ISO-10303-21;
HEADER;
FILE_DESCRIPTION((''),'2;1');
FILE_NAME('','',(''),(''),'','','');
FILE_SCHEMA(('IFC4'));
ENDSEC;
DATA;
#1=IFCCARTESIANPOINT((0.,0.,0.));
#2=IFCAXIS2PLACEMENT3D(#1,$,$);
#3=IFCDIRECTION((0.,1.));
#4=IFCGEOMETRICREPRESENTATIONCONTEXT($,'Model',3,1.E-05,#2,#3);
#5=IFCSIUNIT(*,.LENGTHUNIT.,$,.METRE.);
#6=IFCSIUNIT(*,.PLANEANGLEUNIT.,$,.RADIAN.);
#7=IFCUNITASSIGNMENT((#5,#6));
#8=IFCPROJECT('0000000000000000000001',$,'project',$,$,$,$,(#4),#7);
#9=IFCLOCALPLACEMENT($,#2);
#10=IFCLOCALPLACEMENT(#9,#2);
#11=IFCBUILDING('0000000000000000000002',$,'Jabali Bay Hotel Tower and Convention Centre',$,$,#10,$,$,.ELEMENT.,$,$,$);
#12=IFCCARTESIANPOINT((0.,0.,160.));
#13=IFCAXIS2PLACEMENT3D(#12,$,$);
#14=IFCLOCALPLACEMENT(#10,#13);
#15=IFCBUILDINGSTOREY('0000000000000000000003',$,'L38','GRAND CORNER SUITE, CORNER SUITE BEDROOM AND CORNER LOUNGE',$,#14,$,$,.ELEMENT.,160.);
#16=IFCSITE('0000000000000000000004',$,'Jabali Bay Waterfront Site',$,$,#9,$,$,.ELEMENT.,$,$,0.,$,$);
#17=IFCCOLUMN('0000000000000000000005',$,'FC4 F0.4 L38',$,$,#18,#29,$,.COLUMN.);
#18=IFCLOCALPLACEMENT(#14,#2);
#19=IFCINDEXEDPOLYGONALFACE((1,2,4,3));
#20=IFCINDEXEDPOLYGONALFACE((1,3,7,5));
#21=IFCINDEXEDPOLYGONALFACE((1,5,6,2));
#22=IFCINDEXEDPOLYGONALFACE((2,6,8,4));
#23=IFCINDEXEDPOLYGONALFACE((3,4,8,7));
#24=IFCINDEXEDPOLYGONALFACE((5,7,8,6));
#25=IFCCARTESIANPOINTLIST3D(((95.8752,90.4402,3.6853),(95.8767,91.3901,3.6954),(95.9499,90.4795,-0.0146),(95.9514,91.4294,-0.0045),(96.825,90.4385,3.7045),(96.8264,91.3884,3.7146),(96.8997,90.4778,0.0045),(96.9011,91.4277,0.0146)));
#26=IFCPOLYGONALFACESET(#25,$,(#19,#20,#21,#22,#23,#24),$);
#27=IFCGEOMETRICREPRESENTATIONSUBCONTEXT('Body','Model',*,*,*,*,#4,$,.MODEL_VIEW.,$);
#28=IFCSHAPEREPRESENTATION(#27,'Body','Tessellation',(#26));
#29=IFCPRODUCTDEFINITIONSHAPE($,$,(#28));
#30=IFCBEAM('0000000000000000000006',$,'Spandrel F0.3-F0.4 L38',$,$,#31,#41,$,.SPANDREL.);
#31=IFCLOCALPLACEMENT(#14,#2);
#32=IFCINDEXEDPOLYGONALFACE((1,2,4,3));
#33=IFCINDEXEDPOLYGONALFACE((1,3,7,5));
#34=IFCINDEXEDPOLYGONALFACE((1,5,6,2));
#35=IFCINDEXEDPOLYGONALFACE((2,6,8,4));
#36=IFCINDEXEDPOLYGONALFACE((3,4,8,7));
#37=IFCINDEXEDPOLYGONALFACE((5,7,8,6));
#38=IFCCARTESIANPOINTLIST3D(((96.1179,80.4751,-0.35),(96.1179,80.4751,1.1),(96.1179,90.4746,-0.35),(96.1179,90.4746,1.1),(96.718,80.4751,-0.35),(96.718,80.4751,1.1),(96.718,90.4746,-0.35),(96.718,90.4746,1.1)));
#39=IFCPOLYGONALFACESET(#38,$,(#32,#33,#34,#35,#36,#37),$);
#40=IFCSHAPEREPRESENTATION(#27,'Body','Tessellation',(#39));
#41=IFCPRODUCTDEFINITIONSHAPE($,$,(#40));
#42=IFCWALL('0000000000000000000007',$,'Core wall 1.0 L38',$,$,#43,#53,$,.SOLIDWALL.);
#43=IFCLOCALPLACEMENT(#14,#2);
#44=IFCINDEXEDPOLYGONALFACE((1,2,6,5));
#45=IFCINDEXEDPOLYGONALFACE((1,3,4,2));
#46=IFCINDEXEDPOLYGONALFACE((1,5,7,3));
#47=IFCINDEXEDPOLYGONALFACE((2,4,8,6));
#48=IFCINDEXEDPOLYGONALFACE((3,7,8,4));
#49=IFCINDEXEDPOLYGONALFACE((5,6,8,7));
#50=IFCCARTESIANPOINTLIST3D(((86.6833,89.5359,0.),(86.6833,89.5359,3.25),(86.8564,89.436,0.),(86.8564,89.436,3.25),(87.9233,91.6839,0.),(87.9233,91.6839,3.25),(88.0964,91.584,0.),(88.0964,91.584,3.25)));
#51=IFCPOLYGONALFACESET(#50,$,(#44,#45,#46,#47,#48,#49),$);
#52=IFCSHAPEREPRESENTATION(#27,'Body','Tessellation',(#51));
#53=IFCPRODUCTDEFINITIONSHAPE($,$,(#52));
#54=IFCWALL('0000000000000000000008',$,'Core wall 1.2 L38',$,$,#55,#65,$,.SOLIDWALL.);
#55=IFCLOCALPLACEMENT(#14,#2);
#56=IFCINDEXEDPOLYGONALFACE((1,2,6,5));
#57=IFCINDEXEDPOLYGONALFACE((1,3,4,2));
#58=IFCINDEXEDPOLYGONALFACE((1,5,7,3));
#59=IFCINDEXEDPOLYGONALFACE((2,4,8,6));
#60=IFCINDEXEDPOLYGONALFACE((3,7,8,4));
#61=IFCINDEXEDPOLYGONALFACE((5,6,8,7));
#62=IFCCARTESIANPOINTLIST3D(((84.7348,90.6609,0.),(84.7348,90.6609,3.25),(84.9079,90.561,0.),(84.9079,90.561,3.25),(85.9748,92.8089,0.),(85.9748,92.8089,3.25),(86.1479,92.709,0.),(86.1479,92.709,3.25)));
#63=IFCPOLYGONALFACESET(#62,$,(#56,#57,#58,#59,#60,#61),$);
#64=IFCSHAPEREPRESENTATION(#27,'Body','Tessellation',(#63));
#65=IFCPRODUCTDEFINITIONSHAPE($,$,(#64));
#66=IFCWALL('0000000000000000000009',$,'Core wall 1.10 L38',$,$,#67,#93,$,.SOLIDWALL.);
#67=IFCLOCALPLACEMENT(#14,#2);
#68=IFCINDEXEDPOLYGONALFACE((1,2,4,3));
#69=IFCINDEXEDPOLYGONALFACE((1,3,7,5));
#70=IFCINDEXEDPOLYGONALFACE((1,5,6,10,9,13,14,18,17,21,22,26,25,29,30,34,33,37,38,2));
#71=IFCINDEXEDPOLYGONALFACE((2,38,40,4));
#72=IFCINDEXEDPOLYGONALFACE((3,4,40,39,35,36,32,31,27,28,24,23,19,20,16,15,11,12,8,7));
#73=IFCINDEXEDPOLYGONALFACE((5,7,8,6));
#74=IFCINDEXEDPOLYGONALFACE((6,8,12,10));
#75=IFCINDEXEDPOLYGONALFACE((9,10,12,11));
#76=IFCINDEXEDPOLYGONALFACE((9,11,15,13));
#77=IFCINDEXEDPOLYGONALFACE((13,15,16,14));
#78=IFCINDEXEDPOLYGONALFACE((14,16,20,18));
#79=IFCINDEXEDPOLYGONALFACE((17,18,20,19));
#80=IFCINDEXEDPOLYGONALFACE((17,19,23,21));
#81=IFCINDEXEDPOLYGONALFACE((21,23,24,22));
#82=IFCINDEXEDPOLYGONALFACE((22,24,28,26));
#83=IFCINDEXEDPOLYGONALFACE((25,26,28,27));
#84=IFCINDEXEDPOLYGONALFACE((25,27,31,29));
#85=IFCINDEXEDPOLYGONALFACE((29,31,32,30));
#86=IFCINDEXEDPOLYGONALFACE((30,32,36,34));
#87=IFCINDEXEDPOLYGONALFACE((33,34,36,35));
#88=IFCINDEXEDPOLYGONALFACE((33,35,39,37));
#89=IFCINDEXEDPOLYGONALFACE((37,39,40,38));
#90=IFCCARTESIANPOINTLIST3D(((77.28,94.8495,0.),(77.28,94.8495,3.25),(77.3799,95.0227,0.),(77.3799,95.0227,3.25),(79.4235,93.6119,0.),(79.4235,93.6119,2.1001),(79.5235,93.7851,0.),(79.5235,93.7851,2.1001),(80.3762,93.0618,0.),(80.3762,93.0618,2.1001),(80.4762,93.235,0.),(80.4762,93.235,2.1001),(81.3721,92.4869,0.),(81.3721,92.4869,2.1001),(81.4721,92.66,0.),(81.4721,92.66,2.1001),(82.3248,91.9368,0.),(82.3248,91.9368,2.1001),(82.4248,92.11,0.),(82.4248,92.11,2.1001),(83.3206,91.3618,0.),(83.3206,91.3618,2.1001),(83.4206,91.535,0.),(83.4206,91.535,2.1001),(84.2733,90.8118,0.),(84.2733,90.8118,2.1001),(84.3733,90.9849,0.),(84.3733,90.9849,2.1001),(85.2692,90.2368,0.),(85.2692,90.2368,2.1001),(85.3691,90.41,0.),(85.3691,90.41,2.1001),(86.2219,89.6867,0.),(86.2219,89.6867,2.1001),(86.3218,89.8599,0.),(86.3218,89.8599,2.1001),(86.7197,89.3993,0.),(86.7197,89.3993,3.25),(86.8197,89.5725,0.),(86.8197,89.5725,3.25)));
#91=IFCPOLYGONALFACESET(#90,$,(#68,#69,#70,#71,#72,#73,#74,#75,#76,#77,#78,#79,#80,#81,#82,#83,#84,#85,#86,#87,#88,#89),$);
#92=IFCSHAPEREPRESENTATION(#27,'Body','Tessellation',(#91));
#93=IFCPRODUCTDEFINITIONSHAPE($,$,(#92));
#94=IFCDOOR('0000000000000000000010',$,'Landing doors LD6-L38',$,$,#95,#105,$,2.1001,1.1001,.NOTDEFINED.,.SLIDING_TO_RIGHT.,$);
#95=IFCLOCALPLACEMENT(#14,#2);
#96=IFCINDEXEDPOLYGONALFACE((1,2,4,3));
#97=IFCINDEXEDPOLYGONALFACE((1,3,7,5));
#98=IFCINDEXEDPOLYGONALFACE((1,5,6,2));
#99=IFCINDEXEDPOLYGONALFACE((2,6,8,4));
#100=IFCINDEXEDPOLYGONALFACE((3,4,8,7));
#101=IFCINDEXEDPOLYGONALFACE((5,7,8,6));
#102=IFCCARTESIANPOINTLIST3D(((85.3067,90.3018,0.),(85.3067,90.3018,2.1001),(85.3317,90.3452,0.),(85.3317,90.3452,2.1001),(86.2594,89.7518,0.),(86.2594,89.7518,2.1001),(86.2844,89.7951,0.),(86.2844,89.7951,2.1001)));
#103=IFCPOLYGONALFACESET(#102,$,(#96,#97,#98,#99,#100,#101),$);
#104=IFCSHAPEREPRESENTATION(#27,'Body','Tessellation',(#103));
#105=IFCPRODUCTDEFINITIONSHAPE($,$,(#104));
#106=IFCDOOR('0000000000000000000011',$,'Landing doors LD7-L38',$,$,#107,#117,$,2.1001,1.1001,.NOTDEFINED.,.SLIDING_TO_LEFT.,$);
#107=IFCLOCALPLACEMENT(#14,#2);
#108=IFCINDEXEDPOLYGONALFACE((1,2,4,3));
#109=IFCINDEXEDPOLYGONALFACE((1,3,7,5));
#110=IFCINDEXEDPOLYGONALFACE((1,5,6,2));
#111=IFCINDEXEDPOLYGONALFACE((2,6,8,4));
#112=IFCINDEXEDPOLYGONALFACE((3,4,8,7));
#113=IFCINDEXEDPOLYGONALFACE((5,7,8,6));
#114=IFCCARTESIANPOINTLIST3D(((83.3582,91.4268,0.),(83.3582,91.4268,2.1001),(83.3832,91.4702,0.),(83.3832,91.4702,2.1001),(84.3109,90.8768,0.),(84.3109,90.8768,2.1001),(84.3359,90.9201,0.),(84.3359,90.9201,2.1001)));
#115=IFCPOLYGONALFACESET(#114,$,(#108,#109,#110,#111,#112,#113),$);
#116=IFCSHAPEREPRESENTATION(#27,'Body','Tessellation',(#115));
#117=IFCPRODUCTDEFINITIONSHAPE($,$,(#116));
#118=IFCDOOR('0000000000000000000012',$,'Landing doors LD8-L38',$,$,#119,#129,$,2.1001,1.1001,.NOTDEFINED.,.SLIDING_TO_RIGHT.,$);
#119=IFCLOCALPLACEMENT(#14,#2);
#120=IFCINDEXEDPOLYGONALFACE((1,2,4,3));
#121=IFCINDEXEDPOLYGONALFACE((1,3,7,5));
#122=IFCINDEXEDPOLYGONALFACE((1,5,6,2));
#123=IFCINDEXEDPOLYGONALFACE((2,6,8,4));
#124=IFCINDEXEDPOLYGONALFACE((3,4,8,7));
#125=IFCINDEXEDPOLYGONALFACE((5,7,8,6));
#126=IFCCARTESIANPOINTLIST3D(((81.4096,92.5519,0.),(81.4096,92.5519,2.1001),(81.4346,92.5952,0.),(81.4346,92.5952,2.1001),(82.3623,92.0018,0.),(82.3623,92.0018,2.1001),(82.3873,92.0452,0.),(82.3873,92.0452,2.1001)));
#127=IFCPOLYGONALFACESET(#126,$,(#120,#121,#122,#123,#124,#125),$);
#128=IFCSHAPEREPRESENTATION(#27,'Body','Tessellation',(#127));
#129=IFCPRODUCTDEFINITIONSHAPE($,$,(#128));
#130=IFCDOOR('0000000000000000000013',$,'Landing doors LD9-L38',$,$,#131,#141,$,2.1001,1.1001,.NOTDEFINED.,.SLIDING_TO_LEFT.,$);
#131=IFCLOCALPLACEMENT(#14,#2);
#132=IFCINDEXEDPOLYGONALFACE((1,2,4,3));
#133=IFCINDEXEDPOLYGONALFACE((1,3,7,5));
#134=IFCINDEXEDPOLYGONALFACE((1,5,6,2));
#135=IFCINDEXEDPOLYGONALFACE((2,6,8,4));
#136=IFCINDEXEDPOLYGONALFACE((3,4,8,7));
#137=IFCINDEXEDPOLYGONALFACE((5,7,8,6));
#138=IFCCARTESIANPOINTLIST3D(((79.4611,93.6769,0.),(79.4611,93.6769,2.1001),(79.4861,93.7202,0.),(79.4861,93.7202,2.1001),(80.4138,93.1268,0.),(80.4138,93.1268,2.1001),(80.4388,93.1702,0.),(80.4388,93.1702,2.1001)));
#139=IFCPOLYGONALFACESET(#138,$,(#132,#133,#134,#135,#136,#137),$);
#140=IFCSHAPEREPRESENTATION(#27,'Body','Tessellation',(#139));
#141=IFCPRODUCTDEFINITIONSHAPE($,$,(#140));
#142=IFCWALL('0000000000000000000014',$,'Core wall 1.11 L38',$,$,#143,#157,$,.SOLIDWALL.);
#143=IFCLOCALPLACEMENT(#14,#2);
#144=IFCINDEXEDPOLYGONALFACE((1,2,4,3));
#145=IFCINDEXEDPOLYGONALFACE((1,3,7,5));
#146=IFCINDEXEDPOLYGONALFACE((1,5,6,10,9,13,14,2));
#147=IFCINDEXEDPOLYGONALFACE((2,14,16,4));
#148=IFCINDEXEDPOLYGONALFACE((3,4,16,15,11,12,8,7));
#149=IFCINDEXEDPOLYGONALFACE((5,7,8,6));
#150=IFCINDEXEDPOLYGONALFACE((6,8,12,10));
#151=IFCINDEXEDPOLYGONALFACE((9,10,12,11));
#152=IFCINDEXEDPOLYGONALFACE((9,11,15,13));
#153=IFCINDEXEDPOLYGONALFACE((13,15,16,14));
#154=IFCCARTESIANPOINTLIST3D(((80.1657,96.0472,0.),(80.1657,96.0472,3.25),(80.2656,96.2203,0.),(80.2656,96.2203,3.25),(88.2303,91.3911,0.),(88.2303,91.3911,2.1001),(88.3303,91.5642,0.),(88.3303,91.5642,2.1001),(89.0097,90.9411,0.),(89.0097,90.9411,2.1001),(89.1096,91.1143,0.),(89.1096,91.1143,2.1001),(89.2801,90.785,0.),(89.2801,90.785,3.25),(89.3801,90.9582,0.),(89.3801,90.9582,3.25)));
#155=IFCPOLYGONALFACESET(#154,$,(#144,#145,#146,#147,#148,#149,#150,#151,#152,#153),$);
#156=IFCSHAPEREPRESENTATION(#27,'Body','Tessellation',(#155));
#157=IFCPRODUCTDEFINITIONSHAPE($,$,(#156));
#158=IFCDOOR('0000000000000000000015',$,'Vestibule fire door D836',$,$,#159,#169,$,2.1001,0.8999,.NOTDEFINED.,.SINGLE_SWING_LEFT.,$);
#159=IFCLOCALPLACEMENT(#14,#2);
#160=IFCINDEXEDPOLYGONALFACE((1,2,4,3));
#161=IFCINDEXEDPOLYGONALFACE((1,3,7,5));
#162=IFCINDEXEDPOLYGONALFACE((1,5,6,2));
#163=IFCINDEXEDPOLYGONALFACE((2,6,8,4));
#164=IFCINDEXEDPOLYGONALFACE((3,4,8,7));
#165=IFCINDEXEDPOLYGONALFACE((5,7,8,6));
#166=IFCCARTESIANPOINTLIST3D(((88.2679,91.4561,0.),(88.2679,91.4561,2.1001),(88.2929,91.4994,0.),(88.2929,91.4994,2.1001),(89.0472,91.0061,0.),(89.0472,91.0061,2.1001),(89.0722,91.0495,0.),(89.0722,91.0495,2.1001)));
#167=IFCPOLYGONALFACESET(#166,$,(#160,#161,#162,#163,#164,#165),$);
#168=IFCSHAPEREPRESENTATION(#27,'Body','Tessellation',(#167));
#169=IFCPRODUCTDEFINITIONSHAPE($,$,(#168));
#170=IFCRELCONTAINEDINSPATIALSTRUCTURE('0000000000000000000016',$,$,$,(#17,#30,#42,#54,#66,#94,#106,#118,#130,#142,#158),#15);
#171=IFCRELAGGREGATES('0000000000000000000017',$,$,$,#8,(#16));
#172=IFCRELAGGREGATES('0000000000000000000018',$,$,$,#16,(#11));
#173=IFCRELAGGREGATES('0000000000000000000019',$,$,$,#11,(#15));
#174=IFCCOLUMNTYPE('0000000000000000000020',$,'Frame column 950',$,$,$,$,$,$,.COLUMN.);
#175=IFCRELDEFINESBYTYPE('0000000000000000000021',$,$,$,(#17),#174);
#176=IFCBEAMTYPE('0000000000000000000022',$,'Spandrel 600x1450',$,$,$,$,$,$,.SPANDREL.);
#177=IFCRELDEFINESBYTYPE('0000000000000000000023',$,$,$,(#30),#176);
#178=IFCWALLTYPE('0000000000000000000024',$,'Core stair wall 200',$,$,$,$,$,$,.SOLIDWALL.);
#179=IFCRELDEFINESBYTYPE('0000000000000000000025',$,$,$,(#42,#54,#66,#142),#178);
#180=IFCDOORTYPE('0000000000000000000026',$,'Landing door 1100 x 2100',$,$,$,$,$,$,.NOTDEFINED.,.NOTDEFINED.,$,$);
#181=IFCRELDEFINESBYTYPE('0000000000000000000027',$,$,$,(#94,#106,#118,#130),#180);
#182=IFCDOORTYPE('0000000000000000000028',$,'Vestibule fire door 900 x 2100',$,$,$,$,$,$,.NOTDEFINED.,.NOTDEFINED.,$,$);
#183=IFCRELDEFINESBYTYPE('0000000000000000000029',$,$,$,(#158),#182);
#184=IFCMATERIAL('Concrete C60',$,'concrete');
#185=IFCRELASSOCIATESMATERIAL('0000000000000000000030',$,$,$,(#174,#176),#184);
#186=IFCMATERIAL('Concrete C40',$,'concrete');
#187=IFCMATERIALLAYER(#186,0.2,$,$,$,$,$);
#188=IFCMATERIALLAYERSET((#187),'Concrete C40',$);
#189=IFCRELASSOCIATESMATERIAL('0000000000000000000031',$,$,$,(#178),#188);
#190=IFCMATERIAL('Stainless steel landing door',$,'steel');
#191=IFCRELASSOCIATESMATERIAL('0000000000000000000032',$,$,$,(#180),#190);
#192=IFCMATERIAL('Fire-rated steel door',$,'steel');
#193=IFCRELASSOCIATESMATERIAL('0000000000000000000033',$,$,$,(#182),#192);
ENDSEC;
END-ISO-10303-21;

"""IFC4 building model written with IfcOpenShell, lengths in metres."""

from ifc_helpers import new_model, si_unit, direction, frame, frame_2d, origin, origin_2d, place, context, subcontext, project, spatial, rectangle, extrude, material, layer, layer_set, material_profile, profile_set, type_object, element, fill, save


model = new_model("IFC4")

# Units and contexts
model_context = context("Model", 3, precision=1e-05, world=origin(), true_north=direction((0.0, 1.0)))
body_context = subcontext(model_context, "Body", "Model", "MODEL_VIEW")
ifc_project = project(units=[si_unit("LENGTHUNIT", "METRE"), si_unit("PLANEANGLEUNIT", "RADIAN")], contexts=[model_context])

# Site, building, storey
site_placement = place(None, origin())
site = spatial("IfcSite", under=ifc_project, at=site_placement, Name="Jabali Bay Waterfront Site", CompositionType="ELEMENT", RefElevation=0.0)
building_placement = place(site_placement, origin())
building = spatial("IfcBuilding", under=site, at=building_placement, Name="Jabali Bay Hotel Tower and Convention Centre", CompositionType="ELEMENT")
storey_placement = place(building_placement, frame((0.0, 0.0, 160.0)))
storey = spatial("IfcBuildingStorey", under=building, at=storey_placement, Name="L38", Description="GRAND CORNER SUITE, CORNER SUITE BEDROOM AND CORNER LOUNGE", CompositionType="ELEMENT", Elevation=160.0)

# Column
ifc_material_1 = material(Name="Concrete C60", Category="concrete")
ifc_material_profile_1 = material_profile(ifc_material_1, rectangle(XDim=0.95, YDim=0.95, at=origin_2d()), Name="Frame column 950")
ifc_profile_set_1 = profile_set([ifc_material_profile_1], Name="Concrete C60")
column_type = type_object("IfcColumnType", Name="Frame column 950", PredefinedType="COLUMN", material=ifc_profile_set_1)
column_placement = place(storey_placement, frame((96.4255, 90.9536, 0.0), z_axis=(-0.020186, -0.010621, 0.99974), x_axis=(0.999795, -0.001747, 0.020169)))
element("IfcColumn", 1, at=column_placement, inside=storey, type_object=column_type, Name="FC4 F0.4 L38", PredefinedType="COLUMN", context=body_context, shape_type="SweptSolid", body=[
    extrude(rectangle(XDim=0.95, YDim=0.95, at=origin_2d()), origin(), (0.0, 0.0, 1.0), 3.7009),
])

# Beam
ifc_material_profile_2 = material_profile(ifc_material_1, rectangle(XDim=0.6001, YDim=1.45, at=origin_2d()), Name="Spandrel 600x1450")
ifc_profile_set_2 = profile_set([ifc_material_profile_2], Name="Concrete C60")
beam_type = type_object("IfcBeamType", Name="Spandrel 600x1450", PredefinedType="SPANDREL", material=ifc_profile_set_2)
beam_placement = place(storey_placement, frame((96.418, 80.4751, 0.375), z_axis=(0.0, 1.0, 0.0), x_axis=(-1.0, 0.0, 0.0)))
element("IfcBeam", 2, at=beam_placement, inside=storey, type_object=beam_type, Name="Spandrel F0.3-F0.4 L38", PredefinedType="SPANDREL", context=body_context, shape_type="SweptSolid", body=[
    extrude(rectangle(XDim=0.6001, YDim=1.45, at=origin_2d()), origin(), (0.0, 0.0, 1.0), 9.9995),
])

# Walls
ifc_material_2 = material(Name="Concrete C40", Category="concrete")
ifc_layer_1 = layer(ifc_material_2, 0.2)
ifc_layer_set_1 = layer_set([ifc_layer_1], Name="Concrete C40")
wall_type_1 = type_object("IfcWallType", Name="Core stair wall 200", PredefinedType="SOLIDWALL", material=ifc_layer_set_1)
for number, where, z_axis, x_axis, name in (
    (3, (86.7698, 89.4858, 0.0), (0.0, 0.0, 1.0), (0.499961, 0.866048, 0.0), "Core wall 1.0 L38"),
    (4, (84.8213, 90.6108, 0.0), (0.0, 0.0, 1.0), (0.499961, 0.866048, 0.0), "Core wall 1.2 L38"),
):
    element("IfcWall", number, at=place(storey_placement, frame(where, z_axis=z_axis, x_axis=x_axis)), inside=storey, type_object=wall_type_1, Name=name, PredefinedType="SOLIDWALL", context=body_context, shape_type="SweptSolid", body=[
        extrude(rectangle(XDim=2.4802, YDim=0.2, at=frame_2d((1.2402, 0.0))), origin(), (0.0, 0.0, 1.0), 3.25),
    ])

# Wall, openings, doors
wall_1_placement = place(storey_placement, frame((86.7698, 89.4858, 0.0), z_axis=(0.0, 0.0, 1.0), x_axis=(-0.866018, 0.500013, 0.0)))
wall_1 = element("IfcWall", 5, at=wall_1_placement, inside=storey, type_object=wall_type_1, Name="Core wall 1.10 L38", PredefinedType="SOLIDWALL", context=body_context, shape_type="SweptSolid", body=[
    extrude(rectangle(XDim=10.9001, YDim=0.2, at=frame_2d((5.4502, 0.0))), origin(), (0.0, 0.0, 1.0), 3.25),
])
opening_1_placement = place(wall_1_placement, frame((0.575, 0.0, 0.0)))
opening_1 = element("IfcOpeningElement", 6, at=opening_1_placement, cuts=wall_1, PredefinedType="OPENING", context=body_context, shape_type="SweptSolid", body=[
    extrude(rectangle(XDim=1.1001, YDim=2.1001, at=frame_2d((0.55, 1.05))), frame((0.0, 0.1104, 0.0), z_axis=(0.0, -1.0, 0.0), x_axis=(1.0, 0.0, 0.0)), (0.0, 0.0, 1.0), 0.2209),
])
opening_2_placement = place(wall_1_placement, frame((2.825, 0.0, 0.0)))
opening_2 = element("IfcOpeningElement", 7, at=opening_2_placement, cuts=wall_1, PredefinedType="OPENING", context=body_context, shape_type="SweptSolid", body=[
    extrude(rectangle(XDim=1.1001, YDim=2.1001, at=frame_2d((0.55, 1.05))), frame((0.0, 0.1104, 0.0), z_axis=(0.0, -1.0, 0.0), x_axis=(1.0, 0.0, 0.0)), (0.0, 0.0, 1.0), 0.2209),
])
opening_3_placement = place(wall_1_placement, frame((5.075, 0.0, 0.0)))
opening_3 = element("IfcOpeningElement", 8, at=opening_3_placement, cuts=wall_1, PredefinedType="OPENING", context=body_context, shape_type="SweptSolid", body=[
    extrude(rectangle(XDim=1.1001, YDim=2.1001, at=frame_2d((0.55, 1.05))), frame((0.0, 0.1104, 0.0), z_axis=(0.0, -1.0, 0.0), x_axis=(1.0, 0.0, 0.0)), (0.0, 0.0, 1.0), 0.2209),
])
opening_4_placement = place(wall_1_placement, frame((7.325, 0.0, 0.0)))
opening_4 = element("IfcOpeningElement", 9, at=opening_4_placement, cuts=wall_1, PredefinedType="OPENING", context=body_context, shape_type="SweptSolid", body=[
    extrude(rectangle(XDim=1.1001, YDim=2.1001, at=frame_2d((0.55, 1.05))), frame((0.0, 0.1104, 0.0), z_axis=(0.0, -1.0, 0.0), x_axis=(1.0, 0.0, 0.0)), (0.0, 0.0, 1.0), 0.2209),
])
ifc_material_3 = material(Name="Stainless steel landing door", Category="steel")
door_type_1 = type_object("IfcDoorType", Name="Landing door 1100 x 2100", OperationType="NOTDEFINED", PredefinedType="NOTDEFINED", material=ifc_material_3)
door_1_placement = place(opening_1_placement, origin())
door_1 = element("IfcDoor", 10, at=door_1_placement, inside=storey, type_object=door_type_1, Name="Landing doors LD6-L38", OperationType="SLIDING_TO_RIGHT", OverallHeight=2.1001, OverallWidth=1.1001, PredefinedType="NOTDEFINED", context=body_context, shape_type="SweptSolid", body=[
    extrude(rectangle(XDim=1.1001, YDim=2.1001, at=frame_2d((0.55, 1.05))), frame((0.0, 0.0249, 0.0), z_axis=(0.0, -1.0, 0.0), x_axis=(1.0, 0.0, 0.0)), (0.0, 0.0, 1.0), 0.05),
])
fill(opening_1, door_1)
door_2_placement = place(opening_2_placement, origin())
door_2 = element("IfcDoor", 11, at=door_2_placement, inside=storey, type_object=door_type_1, Name="Landing doors LD7-L38", OperationType="SLIDING_TO_LEFT", OverallHeight=2.1001, OverallWidth=1.1001, PredefinedType="NOTDEFINED", context=body_context, shape_type="SweptSolid", body=[
    extrude(rectangle(XDim=1.1001, YDim=2.1001, at=frame_2d((0.55, 1.05))), frame((0.0, 0.0249, 0.0), z_axis=(0.0, -1.0, 0.0), x_axis=(1.0, 0.0, 0.0)), (0.0, 0.0, 1.0), 0.05),
])
fill(opening_2, door_2)
door_3_placement = place(opening_3_placement, origin())
door_3 = element("IfcDoor", 12, at=door_3_placement, inside=storey, type_object=door_type_1, Name="Landing doors LD8-L38", OperationType="SLIDING_TO_RIGHT", OverallHeight=2.1001, OverallWidth=1.1001, PredefinedType="NOTDEFINED", context=body_context, shape_type="SweptSolid", body=[
    extrude(rectangle(XDim=1.1001, YDim=2.1001, at=frame_2d((0.55, 1.05))), frame((0.0, 0.0249, 0.0), z_axis=(0.0, -1.0, 0.0), x_axis=(1.0, 0.0, 0.0)), (0.0, 0.0, 1.0), 0.05),
])
fill(opening_3, door_3)
door_4_placement = place(opening_4_placement, origin())
door_4 = element("IfcDoor", 13, at=door_4_placement, inside=storey, type_object=door_type_1, Name="Landing doors LD9-L38", OperationType="SLIDING_TO_LEFT", OverallHeight=2.1001, OverallWidth=1.1001, PredefinedType="NOTDEFINED", context=body_context, shape_type="SweptSolid", body=[
    extrude(rectangle(XDim=1.1001, YDim=2.1001, at=frame_2d((0.55, 1.05))), frame((0.0, 0.0249, 0.0), z_axis=(0.0, -1.0, 0.0), x_axis=(1.0, 0.0, 0.0)), (0.0, 0.0, 1.0), 0.05),
])
fill(opening_4, door_4)

# Wall, opening, door
wall_2_placement = place(storey_placement, frame((89.3301, 90.8716, 0.0), z_axis=(0.0, 0.0, 1.0), x_axis=(-0.866028, 0.499996, 0.0)))
wall_2 = element("IfcWall", 14, at=wall_2_placement, inside=storey, type_object=wall_type_1, Name="Core wall 1.11 L38", PredefinedType="SOLIDWALL", context=body_context, shape_type="SweptSolid", body=[
    extrude(rectangle(XDim=10.5244, YDim=0.2, at=frame_2d((5.2622, 0.0))), origin(), (0.0, 0.0, 1.0), 3.25),
])
opening_5_placement = place(wall_2_placement, frame((0.3123, 0.0, 0.0)))
opening_5 = element("IfcOpeningElement", 15, at=opening_5_placement, cuts=wall_2, PredefinedType="OPENING", context=body_context, shape_type="SweptSolid", body=[
    extrude(rectangle(XDim=0.8999, YDim=2.1001, at=frame_2d((0.45, 1.05))), frame((0.0, 0.1104, 0.0), z_axis=(0.0, -1.0, 0.0), x_axis=(1.0, 0.0, 0.0)), (0.0, 0.0, 1.0), 0.2209),
])
ifc_material_4 = material(Name="Fire-rated steel door", Category="steel")
door_type_2 = type_object("IfcDoorType", Name="Vestibule fire door 900 x 2100", OperationType="NOTDEFINED", PredefinedType="NOTDEFINED", material=ifc_material_4)
door_5_placement = place(opening_5_placement, origin())
door_5 = element("IfcDoor", 16, at=door_5_placement, inside=storey, type_object=door_type_2, Name="Vestibule fire door D836", OperationType="SINGLE_SWING_LEFT", OverallHeight=2.1001, OverallWidth=0.8999, PredefinedType="NOTDEFINED", context=body_context, shape_type="SweptSolid", body=[
    extrude(rectangle(XDim=0.8999, YDim=2.1001, at=frame_2d((0.45, 1.05))), frame((0.0, 0.0249, 0.0), z_axis=(0.0, -1.0, 0.0), x_axis=(1.0, 0.0, 0.0)), (0.0, 0.0, 1.0), 0.05),
])
fill(opening_5, door_5)

save(model, "model.ifc")
